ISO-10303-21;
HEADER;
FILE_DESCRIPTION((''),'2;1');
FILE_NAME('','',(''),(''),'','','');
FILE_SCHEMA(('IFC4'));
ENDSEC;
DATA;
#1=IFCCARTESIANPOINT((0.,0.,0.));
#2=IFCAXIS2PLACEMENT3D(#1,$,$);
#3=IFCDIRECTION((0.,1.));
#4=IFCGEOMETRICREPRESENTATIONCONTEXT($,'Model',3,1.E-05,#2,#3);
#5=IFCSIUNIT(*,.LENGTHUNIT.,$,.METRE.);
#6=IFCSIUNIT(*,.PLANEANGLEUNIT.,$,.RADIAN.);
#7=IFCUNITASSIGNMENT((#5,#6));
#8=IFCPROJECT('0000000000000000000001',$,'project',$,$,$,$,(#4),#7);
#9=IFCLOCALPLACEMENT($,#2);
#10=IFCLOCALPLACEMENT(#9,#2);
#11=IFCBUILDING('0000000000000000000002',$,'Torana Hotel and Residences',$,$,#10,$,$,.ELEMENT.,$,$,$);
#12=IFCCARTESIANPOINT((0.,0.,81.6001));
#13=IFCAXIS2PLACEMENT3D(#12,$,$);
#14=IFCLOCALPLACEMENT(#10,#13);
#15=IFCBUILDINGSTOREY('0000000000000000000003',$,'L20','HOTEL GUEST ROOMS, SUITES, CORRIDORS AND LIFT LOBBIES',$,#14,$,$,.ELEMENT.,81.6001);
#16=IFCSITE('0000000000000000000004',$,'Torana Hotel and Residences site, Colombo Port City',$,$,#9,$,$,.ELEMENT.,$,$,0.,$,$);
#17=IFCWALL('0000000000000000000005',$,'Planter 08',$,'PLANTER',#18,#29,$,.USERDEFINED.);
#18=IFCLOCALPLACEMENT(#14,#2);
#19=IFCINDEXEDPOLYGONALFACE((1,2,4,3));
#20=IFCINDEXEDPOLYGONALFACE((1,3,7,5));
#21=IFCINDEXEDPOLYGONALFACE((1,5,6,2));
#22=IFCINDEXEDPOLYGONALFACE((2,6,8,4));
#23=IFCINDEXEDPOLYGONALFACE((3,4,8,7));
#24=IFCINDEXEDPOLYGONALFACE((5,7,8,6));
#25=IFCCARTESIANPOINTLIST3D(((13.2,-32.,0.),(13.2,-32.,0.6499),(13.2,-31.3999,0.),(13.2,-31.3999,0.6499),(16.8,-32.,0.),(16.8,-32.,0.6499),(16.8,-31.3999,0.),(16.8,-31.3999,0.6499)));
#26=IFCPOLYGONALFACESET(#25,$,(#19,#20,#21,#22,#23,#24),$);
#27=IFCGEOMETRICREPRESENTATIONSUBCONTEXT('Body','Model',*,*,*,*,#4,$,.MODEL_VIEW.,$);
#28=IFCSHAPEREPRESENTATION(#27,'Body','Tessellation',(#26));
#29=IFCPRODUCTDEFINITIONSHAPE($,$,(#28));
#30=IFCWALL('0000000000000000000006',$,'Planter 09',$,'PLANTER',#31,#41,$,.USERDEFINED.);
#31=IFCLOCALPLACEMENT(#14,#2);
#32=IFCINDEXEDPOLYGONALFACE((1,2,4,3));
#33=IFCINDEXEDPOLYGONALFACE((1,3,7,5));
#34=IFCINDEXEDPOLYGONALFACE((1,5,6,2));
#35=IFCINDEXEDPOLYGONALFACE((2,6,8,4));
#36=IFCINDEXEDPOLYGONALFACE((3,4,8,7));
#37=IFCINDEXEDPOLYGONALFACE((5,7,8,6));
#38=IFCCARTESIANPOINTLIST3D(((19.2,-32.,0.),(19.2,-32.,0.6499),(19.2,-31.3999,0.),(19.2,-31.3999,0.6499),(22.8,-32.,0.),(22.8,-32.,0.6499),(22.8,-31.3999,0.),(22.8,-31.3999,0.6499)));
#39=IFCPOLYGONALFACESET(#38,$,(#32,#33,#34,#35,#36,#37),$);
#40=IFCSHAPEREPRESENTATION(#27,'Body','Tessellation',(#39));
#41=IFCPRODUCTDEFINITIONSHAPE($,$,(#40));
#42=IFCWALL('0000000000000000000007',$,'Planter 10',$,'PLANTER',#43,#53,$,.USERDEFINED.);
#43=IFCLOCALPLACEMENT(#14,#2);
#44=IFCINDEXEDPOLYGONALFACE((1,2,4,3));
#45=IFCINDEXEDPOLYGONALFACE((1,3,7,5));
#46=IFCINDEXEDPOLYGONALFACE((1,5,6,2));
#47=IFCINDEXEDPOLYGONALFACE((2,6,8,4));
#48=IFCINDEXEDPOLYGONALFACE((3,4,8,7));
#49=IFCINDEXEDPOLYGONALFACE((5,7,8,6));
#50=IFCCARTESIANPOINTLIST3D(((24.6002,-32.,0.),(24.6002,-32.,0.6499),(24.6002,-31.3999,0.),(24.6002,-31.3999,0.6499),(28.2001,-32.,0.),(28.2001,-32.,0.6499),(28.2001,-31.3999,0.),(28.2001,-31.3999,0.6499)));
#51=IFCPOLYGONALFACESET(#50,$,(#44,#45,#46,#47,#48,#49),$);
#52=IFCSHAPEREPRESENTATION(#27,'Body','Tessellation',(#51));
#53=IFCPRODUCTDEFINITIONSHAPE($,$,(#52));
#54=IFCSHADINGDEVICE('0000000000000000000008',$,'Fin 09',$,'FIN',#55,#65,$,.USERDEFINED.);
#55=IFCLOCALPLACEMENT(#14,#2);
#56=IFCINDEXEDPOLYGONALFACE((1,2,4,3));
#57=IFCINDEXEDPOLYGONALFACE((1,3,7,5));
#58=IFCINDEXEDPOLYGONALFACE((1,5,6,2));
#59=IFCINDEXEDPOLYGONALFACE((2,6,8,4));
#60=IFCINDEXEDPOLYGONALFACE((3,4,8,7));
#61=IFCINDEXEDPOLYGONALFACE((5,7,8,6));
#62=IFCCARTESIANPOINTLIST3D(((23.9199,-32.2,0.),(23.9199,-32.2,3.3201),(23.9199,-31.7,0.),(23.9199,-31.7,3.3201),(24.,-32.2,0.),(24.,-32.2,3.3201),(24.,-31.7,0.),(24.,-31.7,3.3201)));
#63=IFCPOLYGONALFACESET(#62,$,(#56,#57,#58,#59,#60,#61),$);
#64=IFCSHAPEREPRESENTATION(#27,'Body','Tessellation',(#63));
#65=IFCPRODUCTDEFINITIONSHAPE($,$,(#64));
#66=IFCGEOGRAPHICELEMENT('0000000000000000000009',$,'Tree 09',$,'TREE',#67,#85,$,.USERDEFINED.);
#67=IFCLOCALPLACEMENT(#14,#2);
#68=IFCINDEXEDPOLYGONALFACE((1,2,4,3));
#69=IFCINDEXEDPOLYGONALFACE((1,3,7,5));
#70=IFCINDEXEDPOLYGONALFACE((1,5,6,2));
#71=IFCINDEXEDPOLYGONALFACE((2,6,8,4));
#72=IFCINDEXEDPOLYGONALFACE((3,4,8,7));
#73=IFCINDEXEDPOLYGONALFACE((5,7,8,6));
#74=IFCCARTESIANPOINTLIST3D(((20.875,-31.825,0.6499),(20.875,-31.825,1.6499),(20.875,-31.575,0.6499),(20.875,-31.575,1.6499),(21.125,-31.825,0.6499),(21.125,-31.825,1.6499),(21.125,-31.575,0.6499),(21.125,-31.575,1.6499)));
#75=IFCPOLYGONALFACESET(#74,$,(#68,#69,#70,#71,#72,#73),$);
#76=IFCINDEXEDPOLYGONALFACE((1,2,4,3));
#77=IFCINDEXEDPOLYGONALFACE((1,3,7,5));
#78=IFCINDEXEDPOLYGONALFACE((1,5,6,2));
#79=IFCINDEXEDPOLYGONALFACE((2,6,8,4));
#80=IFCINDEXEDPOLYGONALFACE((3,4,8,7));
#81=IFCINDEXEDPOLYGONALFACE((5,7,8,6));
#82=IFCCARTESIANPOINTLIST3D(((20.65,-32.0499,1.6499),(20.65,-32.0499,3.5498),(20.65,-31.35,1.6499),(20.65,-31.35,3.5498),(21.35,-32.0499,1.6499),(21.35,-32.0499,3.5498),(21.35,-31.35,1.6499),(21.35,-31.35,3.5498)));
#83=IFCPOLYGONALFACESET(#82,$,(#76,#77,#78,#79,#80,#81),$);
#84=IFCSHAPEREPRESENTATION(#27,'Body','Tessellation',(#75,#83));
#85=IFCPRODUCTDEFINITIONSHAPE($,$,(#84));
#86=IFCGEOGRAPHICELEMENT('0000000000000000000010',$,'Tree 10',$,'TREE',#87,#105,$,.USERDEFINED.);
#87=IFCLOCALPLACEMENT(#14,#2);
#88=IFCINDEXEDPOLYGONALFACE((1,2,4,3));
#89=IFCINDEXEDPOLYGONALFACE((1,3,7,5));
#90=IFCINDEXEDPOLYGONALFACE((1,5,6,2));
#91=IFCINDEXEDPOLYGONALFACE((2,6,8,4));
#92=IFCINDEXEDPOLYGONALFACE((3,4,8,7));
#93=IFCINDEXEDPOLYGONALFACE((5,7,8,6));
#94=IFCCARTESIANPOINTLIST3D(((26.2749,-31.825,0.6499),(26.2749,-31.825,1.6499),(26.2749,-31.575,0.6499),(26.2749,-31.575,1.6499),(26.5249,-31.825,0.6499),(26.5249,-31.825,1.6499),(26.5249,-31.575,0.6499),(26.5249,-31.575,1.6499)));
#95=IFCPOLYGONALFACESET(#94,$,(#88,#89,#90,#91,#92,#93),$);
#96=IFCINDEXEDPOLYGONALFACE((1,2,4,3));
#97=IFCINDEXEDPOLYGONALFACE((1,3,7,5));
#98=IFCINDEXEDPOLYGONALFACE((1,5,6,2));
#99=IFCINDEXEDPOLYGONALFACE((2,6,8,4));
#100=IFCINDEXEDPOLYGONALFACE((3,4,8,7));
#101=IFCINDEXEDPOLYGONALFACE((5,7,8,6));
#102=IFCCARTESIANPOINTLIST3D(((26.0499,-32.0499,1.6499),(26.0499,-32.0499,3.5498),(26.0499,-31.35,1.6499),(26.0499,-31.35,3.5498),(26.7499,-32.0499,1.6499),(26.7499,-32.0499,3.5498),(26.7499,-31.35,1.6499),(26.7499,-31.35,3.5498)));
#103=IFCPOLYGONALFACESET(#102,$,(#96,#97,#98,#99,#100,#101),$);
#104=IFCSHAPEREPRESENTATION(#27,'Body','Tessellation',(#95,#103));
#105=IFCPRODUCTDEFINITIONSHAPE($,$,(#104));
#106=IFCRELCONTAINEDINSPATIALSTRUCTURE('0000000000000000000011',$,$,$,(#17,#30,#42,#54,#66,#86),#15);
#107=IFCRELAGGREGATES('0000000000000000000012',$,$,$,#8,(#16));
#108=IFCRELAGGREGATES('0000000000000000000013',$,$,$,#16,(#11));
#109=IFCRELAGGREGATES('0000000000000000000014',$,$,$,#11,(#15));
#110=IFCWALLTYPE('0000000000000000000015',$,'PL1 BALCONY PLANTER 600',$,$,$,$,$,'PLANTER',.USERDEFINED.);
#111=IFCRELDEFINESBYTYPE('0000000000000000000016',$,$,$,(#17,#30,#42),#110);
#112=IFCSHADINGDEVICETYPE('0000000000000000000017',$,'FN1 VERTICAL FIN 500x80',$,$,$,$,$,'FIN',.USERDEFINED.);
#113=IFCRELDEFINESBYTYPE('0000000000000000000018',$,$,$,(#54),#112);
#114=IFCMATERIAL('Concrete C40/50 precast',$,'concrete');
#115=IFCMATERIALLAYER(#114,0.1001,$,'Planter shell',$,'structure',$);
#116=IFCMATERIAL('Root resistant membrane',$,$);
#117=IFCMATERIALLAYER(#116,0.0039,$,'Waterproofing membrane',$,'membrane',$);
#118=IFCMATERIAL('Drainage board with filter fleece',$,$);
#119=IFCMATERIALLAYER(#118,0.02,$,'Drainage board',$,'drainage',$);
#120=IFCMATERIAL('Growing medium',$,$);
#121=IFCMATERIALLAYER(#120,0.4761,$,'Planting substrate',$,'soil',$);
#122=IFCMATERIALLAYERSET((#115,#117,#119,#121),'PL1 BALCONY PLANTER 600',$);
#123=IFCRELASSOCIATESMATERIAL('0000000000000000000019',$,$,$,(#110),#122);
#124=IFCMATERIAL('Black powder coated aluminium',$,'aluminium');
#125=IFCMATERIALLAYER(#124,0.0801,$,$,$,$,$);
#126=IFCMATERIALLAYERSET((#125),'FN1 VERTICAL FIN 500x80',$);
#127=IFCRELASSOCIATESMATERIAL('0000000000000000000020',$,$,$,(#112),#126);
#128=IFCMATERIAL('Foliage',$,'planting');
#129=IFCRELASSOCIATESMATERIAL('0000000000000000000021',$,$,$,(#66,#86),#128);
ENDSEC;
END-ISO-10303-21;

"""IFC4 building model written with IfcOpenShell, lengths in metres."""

from ifc_helpers import new_model, si_unit, direction, frame, frame_2d, origin, origin_2d, place, context, subcontext, project, spatial, rectangle, extrude, material, layer, layer_set, type_object, element, save


model = new_model("IFC4")

# Units and contexts
model_context = context("Model", 3, precision=1e-05, world=origin(), true_north=direction((0.0, 1.0)))
body_context = subcontext(model_context, "Body", "Model", "MODEL_VIEW")
ifc_project = project(units=[si_unit("LENGTHUNIT", "METRE"), si_unit("PLANEANGLEUNIT", "RADIAN")], contexts=[model_context])

# Site, building, storey
site_placement = place(None, origin())
site = spatial("IfcSite", under=ifc_project, at=site_placement, Name="Torana Hotel and Residences site, Colombo Port City", CompositionType="ELEMENT", RefElevation=0.0)
building_placement = place(site_placement, origin())
building = spatial("IfcBuilding", under=site, at=building_placement, Name="Torana Hotel and Residences", CompositionType="ELEMENT")
storey_placement = place(building_placement, frame((0.0, 0.0, 81.6001)))
storey = spatial("IfcBuildingStorey", under=building, at=storey_placement, Name="L20", Description="HOTEL GUEST ROOMS, SUITES, CORRIDORS AND LIFT LOBBIES", CompositionType="ELEMENT", Elevation=81.6001)

# Walls
ifc_material_1 = material(Name="Concrete C40/50 precast", Category="concrete")
ifc_layer_1 = layer(ifc_material_1, 0.1001, Name="Planter shell", Category="structure")
ifc_material_2 = material(Name="Root resistant membrane")
ifc_layer_2 = layer(ifc_material_2, 0.0039, Name="Waterproofing membrane", Category="membrane")
ifc_material_3 = material(Name="Drainage board with filter fleece")
ifc_layer_3 = layer(ifc_material_3, 0.02, Name="Drainage board", Category="drainage")
ifc_material_4 = material(Name="Growing medium")
ifc_layer_4 = layer(ifc_material_4, 0.4761, Name="Planting substrate", Category="soil")
ifc_layer_set_1 = layer_set([ifc_layer_1, ifc_layer_2, ifc_layer_3, ifc_layer_4], Name="PL1 BALCONY PLANTER 600")
wall_type_1 = type_object("IfcWallType", Name="PL1 BALCONY PLANTER 600", ElementType="PLANTER", PredefinedType="USERDEFINED", material=ifc_layer_set_1)
for number, where, z_axis, x_axis, name in (
    (1, (16.8, -31.7, 0.0), (0.0, 0.0, 1.0), (-1.0, 0.0, 0.0), "Planter 08"),
    (2, (22.8, -31.7, 0.0), (0.0, 0.0, 1.0), (-1.0, 0.0, 0.0), "Planter 09"),
):
    element("IfcWall", number, at=place(storey_placement, frame(where, z_axis=z_axis, x_axis=x_axis)), inside=storey, type_object=wall_type_1, Name=name, ObjectType="PLANTER", PredefinedType="USERDEFINED", context=body_context, shape_type="SweptSolid", body=[
        extrude(rectangle(XDim=3.6001, YDim=0.6001, at=frame_2d((1.8, 0.0))), origin(), (0.0, 0.0, 1.0), 0.6499),
    ])
wall_1_placement = place(storey_placement, frame((28.2, -31.7, 0.0), z_axis=(0.0, 0.0, 1.0), x_axis=(-1.0, 0.0, 0.0)))
element("IfcWall", 3, at=wall_1_placement, inside=storey, type_object=wall_type_1, Name="Planter 10", ObjectType="PLANTER", PredefinedType="USERDEFINED", context=body_context, shape_type="SweptSolid", body=[
    extrude(rectangle(XDim=3.5999, YDim=0.6001, at=frame_2d((1.7998, 0.0))), origin(), (0.0, 0.0, 1.0), 0.6499),
])

# Shading device
ifc_material_5 = material(Name="Black powder coated aluminium", Category="aluminium")
ifc_layer_5 = layer(ifc_material_5, 0.0801)
ifc_layer_set_2 = layer_set([ifc_layer_5], Name="FN1 VERTICAL FIN 500x80")
shading_device_type = type_object("IfcShadingDeviceType", Name="FN1 VERTICAL FIN 500x80", ElementType="FIN", PredefinedType="USERDEFINED", material=ifc_layer_set_2)
shading_device_placement = place(storey_placement, frame((23.96, -31.95, 0.0), z_axis=(0.0, 0.0, 1.0), x_axis=(-1.0, 0.0, 0.0)))
element("IfcShadingDevice", 4, at=shading_device_placement, inside=storey, type_object=shading_device_type, Name="Fin 09", ObjectType="FIN", PredefinedType="USERDEFINED", context=body_context, shape_type="SweptSolid", body=[
    extrude(rectangle(XDim=0.0801, YDim=0.5, at=origin_2d()), origin(), (0.0, 0.0, 1.0), 3.3201),
])

# Geographic elements
ifc_material_6 = material(Name="Foliage", Category="planting")
for number, where, z_axis, x_axis, name in (
    (5, (21.0, -31.7, 0.6499), (0.0, 0.0, 1.0), (1.0, 0.0, 0.0), "Tree 09"),
    (6, (26.3999, -31.7, 0.6499), (0.0, 0.0, 1.0), (1.0, 0.0, 0.0), "Tree 10"),
):
    element("IfcGeographicElement", number, at=place(storey_placement, frame(where, z_axis=z_axis, x_axis=x_axis)), inside=storey, material=ifc_material_6, Name=name, ObjectType="TREE", PredefinedType="USERDEFINED", context=body_context, shape_type="SweptSolid", body=[
        extrude(rectangle(XDim=0.25, YDim=0.25, at=origin_2d()), origin(), (0.0, 0.0, 1.0), 1.0),
        extrude(rectangle(XDim=0.7, YDim=0.7, at=origin_2d()), frame((0.0, 0.0, 1.0)), (0.0, 0.0, 1.0), 1.8999),
    ])

save(model, "model.ifc")
